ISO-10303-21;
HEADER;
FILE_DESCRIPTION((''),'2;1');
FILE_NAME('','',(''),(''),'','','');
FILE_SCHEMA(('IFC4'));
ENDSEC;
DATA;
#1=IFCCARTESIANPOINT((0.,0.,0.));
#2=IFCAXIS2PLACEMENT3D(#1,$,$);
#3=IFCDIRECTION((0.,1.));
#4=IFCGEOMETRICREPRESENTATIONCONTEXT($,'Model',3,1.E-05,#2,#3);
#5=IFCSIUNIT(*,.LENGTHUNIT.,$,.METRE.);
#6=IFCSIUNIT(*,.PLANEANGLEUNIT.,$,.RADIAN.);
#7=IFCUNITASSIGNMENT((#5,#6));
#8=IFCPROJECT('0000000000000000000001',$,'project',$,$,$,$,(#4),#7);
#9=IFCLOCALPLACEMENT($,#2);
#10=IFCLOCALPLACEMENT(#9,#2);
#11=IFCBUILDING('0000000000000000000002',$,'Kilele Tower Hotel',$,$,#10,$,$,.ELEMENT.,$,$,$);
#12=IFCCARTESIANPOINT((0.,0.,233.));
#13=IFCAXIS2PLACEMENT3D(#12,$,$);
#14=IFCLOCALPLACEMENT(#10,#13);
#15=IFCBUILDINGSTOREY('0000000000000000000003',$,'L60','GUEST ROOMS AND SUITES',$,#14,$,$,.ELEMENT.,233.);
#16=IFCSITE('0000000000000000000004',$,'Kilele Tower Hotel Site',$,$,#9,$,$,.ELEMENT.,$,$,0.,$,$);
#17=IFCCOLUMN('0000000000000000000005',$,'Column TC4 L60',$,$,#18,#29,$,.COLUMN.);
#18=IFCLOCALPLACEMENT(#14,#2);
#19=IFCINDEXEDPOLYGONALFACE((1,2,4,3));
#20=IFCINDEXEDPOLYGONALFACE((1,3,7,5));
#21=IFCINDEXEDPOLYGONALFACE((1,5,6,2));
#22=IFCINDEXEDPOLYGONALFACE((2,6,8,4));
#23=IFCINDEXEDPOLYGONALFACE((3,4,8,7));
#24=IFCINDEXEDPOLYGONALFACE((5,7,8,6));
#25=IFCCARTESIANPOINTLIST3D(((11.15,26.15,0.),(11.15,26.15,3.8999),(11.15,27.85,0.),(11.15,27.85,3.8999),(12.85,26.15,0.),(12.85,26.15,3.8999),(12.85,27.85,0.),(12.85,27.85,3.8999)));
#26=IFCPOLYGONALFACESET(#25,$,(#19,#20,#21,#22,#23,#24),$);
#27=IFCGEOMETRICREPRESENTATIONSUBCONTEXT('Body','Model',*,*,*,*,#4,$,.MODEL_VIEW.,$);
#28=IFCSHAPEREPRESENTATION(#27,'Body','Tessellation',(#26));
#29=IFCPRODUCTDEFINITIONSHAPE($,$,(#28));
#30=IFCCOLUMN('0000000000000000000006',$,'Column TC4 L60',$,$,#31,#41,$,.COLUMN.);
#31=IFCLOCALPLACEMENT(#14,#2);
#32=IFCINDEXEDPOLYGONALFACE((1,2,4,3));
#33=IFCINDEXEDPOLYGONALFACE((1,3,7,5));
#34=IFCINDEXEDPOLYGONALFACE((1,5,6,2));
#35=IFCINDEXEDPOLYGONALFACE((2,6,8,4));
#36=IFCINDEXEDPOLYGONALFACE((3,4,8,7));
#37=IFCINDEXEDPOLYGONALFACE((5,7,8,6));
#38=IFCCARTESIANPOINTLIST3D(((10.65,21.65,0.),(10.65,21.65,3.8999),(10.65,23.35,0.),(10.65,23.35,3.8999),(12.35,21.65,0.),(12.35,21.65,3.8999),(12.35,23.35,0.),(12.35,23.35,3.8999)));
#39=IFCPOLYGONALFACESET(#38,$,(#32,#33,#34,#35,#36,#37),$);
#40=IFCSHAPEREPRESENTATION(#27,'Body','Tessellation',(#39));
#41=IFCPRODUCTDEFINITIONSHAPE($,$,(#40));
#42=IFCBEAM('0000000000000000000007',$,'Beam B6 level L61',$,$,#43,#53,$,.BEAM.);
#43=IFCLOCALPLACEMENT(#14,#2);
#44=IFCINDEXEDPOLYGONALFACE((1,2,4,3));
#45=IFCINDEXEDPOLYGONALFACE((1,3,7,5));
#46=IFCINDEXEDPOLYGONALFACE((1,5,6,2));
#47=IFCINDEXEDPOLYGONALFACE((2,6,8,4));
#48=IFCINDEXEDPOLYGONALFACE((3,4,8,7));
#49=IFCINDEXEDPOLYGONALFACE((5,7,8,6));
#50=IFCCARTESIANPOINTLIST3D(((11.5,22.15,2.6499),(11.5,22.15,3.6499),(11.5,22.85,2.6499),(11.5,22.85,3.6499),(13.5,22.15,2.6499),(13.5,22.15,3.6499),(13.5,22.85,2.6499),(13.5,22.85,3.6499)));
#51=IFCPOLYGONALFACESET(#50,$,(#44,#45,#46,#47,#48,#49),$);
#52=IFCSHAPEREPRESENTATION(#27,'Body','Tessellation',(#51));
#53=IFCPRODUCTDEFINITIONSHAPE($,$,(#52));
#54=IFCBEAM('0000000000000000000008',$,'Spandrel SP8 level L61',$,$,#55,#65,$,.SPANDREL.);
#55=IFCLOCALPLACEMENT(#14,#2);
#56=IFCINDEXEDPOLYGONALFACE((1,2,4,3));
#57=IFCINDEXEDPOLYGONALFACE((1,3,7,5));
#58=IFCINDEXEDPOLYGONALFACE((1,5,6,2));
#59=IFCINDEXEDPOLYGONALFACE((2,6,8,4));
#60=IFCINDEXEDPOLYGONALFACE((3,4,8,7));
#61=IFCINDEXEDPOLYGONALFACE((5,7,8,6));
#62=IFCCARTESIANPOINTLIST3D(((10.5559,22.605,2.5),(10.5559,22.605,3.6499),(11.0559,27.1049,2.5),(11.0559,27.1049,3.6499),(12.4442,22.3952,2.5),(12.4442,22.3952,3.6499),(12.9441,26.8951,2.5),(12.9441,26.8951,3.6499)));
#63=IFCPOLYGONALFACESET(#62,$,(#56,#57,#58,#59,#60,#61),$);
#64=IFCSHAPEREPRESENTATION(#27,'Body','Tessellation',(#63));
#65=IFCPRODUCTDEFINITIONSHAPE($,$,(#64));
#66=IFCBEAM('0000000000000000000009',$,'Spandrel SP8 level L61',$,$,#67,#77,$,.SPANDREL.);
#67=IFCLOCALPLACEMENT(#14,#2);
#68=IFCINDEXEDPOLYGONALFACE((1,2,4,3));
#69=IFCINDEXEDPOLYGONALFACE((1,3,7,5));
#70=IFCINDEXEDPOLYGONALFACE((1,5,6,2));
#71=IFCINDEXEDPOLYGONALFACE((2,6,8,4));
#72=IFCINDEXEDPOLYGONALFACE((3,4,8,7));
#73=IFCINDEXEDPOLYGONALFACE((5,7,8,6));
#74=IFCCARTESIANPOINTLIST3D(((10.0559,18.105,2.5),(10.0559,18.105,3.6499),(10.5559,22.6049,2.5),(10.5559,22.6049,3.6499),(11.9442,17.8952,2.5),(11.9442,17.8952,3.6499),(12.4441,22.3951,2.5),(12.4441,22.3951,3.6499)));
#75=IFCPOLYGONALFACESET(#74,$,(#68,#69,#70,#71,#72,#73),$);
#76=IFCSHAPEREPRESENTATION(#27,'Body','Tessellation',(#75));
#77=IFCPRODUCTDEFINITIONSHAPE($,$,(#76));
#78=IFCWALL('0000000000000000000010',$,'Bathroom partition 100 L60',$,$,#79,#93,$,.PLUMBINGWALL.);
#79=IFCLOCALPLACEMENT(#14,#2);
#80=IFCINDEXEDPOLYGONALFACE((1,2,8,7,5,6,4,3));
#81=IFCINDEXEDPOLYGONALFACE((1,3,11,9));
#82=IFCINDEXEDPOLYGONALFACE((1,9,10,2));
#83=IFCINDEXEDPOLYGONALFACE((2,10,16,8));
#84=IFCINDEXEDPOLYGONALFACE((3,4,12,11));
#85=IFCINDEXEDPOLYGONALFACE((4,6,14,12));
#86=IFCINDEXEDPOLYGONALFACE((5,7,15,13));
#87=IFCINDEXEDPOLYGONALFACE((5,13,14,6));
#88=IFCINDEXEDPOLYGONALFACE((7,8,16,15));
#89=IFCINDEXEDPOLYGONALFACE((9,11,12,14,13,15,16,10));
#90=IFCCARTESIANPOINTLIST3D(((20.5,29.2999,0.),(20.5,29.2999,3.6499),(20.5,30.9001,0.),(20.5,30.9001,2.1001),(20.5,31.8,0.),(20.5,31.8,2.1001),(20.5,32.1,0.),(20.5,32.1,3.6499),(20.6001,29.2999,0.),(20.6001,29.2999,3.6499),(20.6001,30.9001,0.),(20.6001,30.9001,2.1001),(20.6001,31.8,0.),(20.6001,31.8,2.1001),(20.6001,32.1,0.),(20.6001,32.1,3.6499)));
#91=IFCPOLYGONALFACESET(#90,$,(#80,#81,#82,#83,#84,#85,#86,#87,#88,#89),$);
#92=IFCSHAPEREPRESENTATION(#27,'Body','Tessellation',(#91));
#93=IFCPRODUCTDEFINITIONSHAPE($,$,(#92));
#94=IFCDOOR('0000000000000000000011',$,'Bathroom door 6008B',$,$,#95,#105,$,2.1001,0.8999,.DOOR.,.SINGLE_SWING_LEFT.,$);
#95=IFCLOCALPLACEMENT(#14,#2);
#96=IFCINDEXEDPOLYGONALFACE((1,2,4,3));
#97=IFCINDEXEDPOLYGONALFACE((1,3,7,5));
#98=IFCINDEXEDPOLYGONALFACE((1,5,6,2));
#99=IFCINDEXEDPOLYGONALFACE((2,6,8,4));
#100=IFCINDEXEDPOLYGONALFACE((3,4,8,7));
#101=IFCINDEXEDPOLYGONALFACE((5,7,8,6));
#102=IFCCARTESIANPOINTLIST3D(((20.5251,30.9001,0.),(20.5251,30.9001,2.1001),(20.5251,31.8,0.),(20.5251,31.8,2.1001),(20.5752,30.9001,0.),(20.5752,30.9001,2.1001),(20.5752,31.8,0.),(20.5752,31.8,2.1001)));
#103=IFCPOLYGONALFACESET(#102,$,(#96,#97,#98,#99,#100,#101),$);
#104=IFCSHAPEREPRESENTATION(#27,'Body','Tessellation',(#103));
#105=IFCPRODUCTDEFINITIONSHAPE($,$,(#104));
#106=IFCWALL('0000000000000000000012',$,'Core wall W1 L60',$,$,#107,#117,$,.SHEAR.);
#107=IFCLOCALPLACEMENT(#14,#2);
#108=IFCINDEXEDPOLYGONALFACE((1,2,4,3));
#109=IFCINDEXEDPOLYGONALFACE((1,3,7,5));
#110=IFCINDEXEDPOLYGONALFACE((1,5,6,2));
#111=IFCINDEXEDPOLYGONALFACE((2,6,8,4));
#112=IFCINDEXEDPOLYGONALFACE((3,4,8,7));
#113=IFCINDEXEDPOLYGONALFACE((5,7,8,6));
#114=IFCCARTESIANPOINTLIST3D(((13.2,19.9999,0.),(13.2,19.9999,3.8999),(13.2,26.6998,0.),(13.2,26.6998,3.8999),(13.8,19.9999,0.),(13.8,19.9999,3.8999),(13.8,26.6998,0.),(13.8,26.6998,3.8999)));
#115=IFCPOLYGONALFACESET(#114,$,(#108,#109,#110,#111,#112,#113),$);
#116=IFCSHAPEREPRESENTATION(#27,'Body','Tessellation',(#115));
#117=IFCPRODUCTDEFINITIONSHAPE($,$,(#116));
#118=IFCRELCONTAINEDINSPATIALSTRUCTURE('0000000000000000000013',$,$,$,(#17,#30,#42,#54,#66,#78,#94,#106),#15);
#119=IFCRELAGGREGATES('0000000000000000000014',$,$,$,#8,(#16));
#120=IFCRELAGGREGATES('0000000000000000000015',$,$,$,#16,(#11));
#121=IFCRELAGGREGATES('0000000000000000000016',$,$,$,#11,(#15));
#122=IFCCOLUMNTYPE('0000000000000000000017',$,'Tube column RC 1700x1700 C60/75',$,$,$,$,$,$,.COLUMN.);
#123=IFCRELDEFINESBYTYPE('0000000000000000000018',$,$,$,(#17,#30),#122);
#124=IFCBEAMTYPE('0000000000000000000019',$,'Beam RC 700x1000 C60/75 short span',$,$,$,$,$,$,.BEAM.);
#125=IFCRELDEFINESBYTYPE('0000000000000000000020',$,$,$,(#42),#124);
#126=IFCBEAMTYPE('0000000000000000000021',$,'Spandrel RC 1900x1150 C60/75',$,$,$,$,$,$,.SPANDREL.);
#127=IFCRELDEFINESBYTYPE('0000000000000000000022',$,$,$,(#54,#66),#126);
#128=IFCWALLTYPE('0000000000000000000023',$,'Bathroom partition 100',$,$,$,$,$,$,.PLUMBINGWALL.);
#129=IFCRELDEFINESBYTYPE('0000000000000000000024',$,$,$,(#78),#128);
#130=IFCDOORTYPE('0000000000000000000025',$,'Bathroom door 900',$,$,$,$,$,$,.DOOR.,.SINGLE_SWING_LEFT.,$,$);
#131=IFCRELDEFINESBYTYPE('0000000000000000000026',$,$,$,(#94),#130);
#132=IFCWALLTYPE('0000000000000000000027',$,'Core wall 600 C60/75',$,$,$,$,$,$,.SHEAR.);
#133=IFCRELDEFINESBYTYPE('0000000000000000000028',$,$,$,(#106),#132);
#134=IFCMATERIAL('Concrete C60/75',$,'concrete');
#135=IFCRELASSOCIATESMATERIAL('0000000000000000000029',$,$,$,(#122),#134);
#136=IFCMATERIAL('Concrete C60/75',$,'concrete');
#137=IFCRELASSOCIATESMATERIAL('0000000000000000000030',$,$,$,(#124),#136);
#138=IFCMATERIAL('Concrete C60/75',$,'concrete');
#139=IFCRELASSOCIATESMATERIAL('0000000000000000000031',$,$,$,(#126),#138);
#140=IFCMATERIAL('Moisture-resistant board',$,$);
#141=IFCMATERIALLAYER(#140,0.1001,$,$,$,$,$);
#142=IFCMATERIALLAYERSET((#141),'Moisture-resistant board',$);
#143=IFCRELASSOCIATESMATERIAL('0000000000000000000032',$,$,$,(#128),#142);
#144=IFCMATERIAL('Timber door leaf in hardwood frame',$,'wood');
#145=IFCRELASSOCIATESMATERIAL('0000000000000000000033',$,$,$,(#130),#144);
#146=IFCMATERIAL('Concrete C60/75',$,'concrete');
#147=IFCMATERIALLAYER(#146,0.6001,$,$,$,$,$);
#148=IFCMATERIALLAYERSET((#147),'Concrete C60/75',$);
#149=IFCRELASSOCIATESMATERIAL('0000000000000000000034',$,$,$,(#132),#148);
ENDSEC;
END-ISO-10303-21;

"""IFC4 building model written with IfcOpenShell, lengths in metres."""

from ifc_helpers import new_model, si_unit, direction, frame, frame_2d, origin, origin_2d, place, context, subcontext, project, spatial, rectangle, extrude, material, layer, layer_set, material_profile, profile_set, type_object, element, fill, save


model = new_model("IFC4")

# Units and contexts
model_context = context("Model", 3, precision=1e-05, world=origin(), true_north=direction((0.0, 1.0)))
body_context = subcontext(model_context, "Body", "Model", "MODEL_VIEW")
ifc_project = project(units=[si_unit("LENGTHUNIT", "METRE"), si_unit("PLANEANGLEUNIT", "RADIAN")], contexts=[model_context])

# Site, building, storey
site_placement = place(None, origin())
site = spatial("IfcSite", under=ifc_project, at=site_placement, Name="Kilele Tower Hotel Site", CompositionType="ELEMENT", RefElevation=0.0)
building_placement = place(site_placement, origin())
building = spatial("IfcBuilding", under=site, at=building_placement, Name="Kilele Tower Hotel", CompositionType="ELEMENT")
storey_placement = place(building_placement, frame((0.0, 0.0, 233.0)))
storey = spatial("IfcBuildingStorey", under=building, at=storey_placement, Name="L60", Description="GUEST ROOMS AND SUITES", CompositionType="ELEMENT", Elevation=233.0)

# Columns
ifc_material_1 = material(Name="Concrete C60/75", Category="concrete")
ifc_material_profile_1 = material_profile(ifc_material_1, rectangle(XDim=1.7, YDim=1.7, at=origin_2d()))
ifc_profile_set_1 = profile_set([ifc_material_profile_1], Name="Concrete C60/75")
column_type = type_object("IfcColumnType", Name="Tube column RC 1700x1700 C60/75", PredefinedType="COLUMN", material=ifc_profile_set_1)
for number, where, z_axis, x_axis, name in (
    (1, (12.0, 27.0, 0.0), (0.0, 0.0, 1.0), (1.0, 0.0, 0.0), "Column TC4 L60"),
    (2, (11.5, 22.5, 0.0), (0.0, 0.0, 1.0), (1.0, 0.0, 0.0), "Column TC4 L60"),
):
    element("IfcColumn", number, at=place(storey_placement, frame(where, z_axis=z_axis, x_axis=x_axis)), inside=storey, type_object=column_type, Name=name, PredefinedType="COLUMN", context=body_context, shape_type="SweptSolid", body=[
        extrude(rectangle(XDim=1.7, YDim=1.7, at=origin_2d()), origin(), (0.0, 0.0, 1.0), 3.8999),
    ])

# Beams
ifc_material_2 = material(Name="Concrete C60/75", Category="concrete")
ifc_material_profile_2 = material_profile(ifc_material_2, rectangle(XDim=0.7, YDim=1.0, at=origin_2d()))
ifc_profile_set_2 = profile_set([ifc_material_profile_2], Name="Concrete C60/75")
beam_type_1 = type_object("IfcBeamType", Name="Beam RC 700x1000 C60/75 short span", PredefinedType="BEAM", material=ifc_profile_set_2)
beam_placement = place(storey_placement, frame((11.5, 22.5, 3.1499), z_axis=(1.0, 0.0, 0.0), x_axis=(0.0, 1.0, 0.0)))
element("IfcBeam", 3, at=beam_placement, inside=storey, type_object=beam_type_1, Name="Beam B6 level L61", PredefinedType="BEAM", context=body_context, shape_type="SweptSolid", body=[
    extrude(rectangle(XDim=0.7, YDim=1.0, at=origin_2d()), origin(), (0.0, 0.0, 1.0), 2.0),
])
ifc_material_3 = material(Name="Concrete C60/75", Category="concrete")
ifc_material_profile_3 = material_profile(ifc_material_3, rectangle(XDim=1.8999, YDim=1.1499, at=origin_2d()))
ifc_profile_set_3 = profile_set([ifc_material_profile_3], Name="Concrete C60/75")
beam_type_2 = type_object("IfcBeamType", Name="Spandrel RC 1900x1150 C60/75", PredefinedType="SPANDREL", material=ifc_profile_set_3)
for number, where, z_axis, x_axis, name in (
    (4, (12.0, 27.0, 3.075), (-0.110432, -0.993884, 0.0), (0.993884, -0.110432, 0.0), "Spandrel SP8 level L61"),
    (5, (11.5, 22.5, 3.075), (-0.110432, -0.993884, 0.0), (0.993884, -0.110432, 0.0), "Spandrel SP8 level L61"),
):
    element("IfcBeam", number, at=place(storey_placement, frame(where, z_axis=z_axis, x_axis=x_axis)), inside=storey, type_object=beam_type_2, Name=name, PredefinedType="SPANDREL", context=body_context, shape_type="SweptSolid", body=[
        extrude(rectangle(XDim=1.8999, YDim=1.1499, at=origin_2d()), origin(), (0.0, 0.0, 1.0), 4.5276),
    ])

# Wall, opening, door
ifc_material_4 = material(Name="Moisture-resistant board")
ifc_layer_1 = layer(ifc_material_4, 0.1001)
ifc_layer_set_1 = layer_set([ifc_layer_1], Name="Moisture-resistant board")
wall_type_1 = type_object("IfcWallType", Name="Bathroom partition 100", PredefinedType="PLUMBINGWALL", material=ifc_layer_set_1)
wall_1_placement = place(storey_placement, frame((20.55, 29.3, 0.0), z_axis=(0.0, 0.0, 1.0), x_axis=(0.0, 1.0, 0.0)))
wall_1 = element("IfcWall", 6, at=wall_1_placement, inside=storey, type_object=wall_type_1, Name="Bathroom partition 100 L60", PredefinedType="PLUMBINGWALL", context=body_context, shape_type="SweptSolid", body=[
    extrude(rectangle(XDim=2.8, YDim=0.1001, at=frame_2d((1.3999, 0.0))), origin(), (0.0, 0.0, 1.0), 3.6499),
])
opening_1_placement = place(wall_1_placement, frame((1.6001, 0.0, 0.0)))
opening_1 = element("IfcOpeningElement", 7, at=opening_1_placement, cuts=wall_1, PredefinedType="OPENING", context=body_context, shape_type="SweptSolid", body=[
    extrude(rectangle(XDim=0.8999, YDim=2.1001, at=frame_2d((0.45, 1.05))), frame((0.0, 0.0601, 0.0), z_axis=(0.0, -1.0, 0.0), x_axis=(1.0, 0.0, 0.0)), (0.0, 0.0, 1.0), 0.1201),
])
ifc_material_5 = material(Name="Timber door leaf in hardwood frame", Category="wood")
door_type_1 = type_object("IfcDoorType", Name="Bathroom door 900", OperationType="SINGLE_SWING_LEFT", PredefinedType="DOOR", material=ifc_material_5)
door_1_placement = place(opening_1_placement, origin())
door_1 = element("IfcDoor", 8, at=door_1_placement, inside=storey, type_object=door_type_1, Name="Bathroom door 6008B", OperationType="SINGLE_SWING_LEFT", OverallHeight=2.1001, OverallWidth=0.8999, PredefinedType="DOOR", context=body_context, shape_type="SweptSolid", body=[
    extrude(rectangle(XDim=0.8999, YDim=2.1001, at=frame_2d((0.45, 1.05))), frame((0.0, 0.0249, 0.0), z_axis=(0.0, -1.0, 0.0), x_axis=(1.0, 0.0, 0.0)), (0.0, 0.0, 1.0), 0.05),
])
fill(opening_1, door_1)

# Wall
ifc_material_6 = material(Name="Concrete C60/75", Category="concrete")
ifc_layer_2 = layer(ifc_material_6, 0.6001)
ifc_layer_set_2 = layer_set([ifc_layer_2], Name="Concrete C60/75")
wall_type_2 = type_object("IfcWallType", Name="Core wall 600 C60/75", PredefinedType="SHEAR", material=ifc_layer_set_2)
wall_2_placement = place(storey_placement, frame((13.5, 26.7, 0.0), z_axis=(0.0, 0.0, 1.0), x_axis=(0.0, -1.0, 0.0)))
element("IfcWall", 9, at=wall_2_placement, inside=storey, type_object=wall_type_2, Name="Core wall W1 L60", PredefinedType="SHEAR", context=body_context, shape_type="SweptSolid", body=[
    extrude(rectangle(XDim=6.7, YDim=0.6001, at=frame_2d((3.3501, 0.0))), origin(), (0.0, 0.0, 1.0), 3.8999),
])

save(model, "model.ifc")
